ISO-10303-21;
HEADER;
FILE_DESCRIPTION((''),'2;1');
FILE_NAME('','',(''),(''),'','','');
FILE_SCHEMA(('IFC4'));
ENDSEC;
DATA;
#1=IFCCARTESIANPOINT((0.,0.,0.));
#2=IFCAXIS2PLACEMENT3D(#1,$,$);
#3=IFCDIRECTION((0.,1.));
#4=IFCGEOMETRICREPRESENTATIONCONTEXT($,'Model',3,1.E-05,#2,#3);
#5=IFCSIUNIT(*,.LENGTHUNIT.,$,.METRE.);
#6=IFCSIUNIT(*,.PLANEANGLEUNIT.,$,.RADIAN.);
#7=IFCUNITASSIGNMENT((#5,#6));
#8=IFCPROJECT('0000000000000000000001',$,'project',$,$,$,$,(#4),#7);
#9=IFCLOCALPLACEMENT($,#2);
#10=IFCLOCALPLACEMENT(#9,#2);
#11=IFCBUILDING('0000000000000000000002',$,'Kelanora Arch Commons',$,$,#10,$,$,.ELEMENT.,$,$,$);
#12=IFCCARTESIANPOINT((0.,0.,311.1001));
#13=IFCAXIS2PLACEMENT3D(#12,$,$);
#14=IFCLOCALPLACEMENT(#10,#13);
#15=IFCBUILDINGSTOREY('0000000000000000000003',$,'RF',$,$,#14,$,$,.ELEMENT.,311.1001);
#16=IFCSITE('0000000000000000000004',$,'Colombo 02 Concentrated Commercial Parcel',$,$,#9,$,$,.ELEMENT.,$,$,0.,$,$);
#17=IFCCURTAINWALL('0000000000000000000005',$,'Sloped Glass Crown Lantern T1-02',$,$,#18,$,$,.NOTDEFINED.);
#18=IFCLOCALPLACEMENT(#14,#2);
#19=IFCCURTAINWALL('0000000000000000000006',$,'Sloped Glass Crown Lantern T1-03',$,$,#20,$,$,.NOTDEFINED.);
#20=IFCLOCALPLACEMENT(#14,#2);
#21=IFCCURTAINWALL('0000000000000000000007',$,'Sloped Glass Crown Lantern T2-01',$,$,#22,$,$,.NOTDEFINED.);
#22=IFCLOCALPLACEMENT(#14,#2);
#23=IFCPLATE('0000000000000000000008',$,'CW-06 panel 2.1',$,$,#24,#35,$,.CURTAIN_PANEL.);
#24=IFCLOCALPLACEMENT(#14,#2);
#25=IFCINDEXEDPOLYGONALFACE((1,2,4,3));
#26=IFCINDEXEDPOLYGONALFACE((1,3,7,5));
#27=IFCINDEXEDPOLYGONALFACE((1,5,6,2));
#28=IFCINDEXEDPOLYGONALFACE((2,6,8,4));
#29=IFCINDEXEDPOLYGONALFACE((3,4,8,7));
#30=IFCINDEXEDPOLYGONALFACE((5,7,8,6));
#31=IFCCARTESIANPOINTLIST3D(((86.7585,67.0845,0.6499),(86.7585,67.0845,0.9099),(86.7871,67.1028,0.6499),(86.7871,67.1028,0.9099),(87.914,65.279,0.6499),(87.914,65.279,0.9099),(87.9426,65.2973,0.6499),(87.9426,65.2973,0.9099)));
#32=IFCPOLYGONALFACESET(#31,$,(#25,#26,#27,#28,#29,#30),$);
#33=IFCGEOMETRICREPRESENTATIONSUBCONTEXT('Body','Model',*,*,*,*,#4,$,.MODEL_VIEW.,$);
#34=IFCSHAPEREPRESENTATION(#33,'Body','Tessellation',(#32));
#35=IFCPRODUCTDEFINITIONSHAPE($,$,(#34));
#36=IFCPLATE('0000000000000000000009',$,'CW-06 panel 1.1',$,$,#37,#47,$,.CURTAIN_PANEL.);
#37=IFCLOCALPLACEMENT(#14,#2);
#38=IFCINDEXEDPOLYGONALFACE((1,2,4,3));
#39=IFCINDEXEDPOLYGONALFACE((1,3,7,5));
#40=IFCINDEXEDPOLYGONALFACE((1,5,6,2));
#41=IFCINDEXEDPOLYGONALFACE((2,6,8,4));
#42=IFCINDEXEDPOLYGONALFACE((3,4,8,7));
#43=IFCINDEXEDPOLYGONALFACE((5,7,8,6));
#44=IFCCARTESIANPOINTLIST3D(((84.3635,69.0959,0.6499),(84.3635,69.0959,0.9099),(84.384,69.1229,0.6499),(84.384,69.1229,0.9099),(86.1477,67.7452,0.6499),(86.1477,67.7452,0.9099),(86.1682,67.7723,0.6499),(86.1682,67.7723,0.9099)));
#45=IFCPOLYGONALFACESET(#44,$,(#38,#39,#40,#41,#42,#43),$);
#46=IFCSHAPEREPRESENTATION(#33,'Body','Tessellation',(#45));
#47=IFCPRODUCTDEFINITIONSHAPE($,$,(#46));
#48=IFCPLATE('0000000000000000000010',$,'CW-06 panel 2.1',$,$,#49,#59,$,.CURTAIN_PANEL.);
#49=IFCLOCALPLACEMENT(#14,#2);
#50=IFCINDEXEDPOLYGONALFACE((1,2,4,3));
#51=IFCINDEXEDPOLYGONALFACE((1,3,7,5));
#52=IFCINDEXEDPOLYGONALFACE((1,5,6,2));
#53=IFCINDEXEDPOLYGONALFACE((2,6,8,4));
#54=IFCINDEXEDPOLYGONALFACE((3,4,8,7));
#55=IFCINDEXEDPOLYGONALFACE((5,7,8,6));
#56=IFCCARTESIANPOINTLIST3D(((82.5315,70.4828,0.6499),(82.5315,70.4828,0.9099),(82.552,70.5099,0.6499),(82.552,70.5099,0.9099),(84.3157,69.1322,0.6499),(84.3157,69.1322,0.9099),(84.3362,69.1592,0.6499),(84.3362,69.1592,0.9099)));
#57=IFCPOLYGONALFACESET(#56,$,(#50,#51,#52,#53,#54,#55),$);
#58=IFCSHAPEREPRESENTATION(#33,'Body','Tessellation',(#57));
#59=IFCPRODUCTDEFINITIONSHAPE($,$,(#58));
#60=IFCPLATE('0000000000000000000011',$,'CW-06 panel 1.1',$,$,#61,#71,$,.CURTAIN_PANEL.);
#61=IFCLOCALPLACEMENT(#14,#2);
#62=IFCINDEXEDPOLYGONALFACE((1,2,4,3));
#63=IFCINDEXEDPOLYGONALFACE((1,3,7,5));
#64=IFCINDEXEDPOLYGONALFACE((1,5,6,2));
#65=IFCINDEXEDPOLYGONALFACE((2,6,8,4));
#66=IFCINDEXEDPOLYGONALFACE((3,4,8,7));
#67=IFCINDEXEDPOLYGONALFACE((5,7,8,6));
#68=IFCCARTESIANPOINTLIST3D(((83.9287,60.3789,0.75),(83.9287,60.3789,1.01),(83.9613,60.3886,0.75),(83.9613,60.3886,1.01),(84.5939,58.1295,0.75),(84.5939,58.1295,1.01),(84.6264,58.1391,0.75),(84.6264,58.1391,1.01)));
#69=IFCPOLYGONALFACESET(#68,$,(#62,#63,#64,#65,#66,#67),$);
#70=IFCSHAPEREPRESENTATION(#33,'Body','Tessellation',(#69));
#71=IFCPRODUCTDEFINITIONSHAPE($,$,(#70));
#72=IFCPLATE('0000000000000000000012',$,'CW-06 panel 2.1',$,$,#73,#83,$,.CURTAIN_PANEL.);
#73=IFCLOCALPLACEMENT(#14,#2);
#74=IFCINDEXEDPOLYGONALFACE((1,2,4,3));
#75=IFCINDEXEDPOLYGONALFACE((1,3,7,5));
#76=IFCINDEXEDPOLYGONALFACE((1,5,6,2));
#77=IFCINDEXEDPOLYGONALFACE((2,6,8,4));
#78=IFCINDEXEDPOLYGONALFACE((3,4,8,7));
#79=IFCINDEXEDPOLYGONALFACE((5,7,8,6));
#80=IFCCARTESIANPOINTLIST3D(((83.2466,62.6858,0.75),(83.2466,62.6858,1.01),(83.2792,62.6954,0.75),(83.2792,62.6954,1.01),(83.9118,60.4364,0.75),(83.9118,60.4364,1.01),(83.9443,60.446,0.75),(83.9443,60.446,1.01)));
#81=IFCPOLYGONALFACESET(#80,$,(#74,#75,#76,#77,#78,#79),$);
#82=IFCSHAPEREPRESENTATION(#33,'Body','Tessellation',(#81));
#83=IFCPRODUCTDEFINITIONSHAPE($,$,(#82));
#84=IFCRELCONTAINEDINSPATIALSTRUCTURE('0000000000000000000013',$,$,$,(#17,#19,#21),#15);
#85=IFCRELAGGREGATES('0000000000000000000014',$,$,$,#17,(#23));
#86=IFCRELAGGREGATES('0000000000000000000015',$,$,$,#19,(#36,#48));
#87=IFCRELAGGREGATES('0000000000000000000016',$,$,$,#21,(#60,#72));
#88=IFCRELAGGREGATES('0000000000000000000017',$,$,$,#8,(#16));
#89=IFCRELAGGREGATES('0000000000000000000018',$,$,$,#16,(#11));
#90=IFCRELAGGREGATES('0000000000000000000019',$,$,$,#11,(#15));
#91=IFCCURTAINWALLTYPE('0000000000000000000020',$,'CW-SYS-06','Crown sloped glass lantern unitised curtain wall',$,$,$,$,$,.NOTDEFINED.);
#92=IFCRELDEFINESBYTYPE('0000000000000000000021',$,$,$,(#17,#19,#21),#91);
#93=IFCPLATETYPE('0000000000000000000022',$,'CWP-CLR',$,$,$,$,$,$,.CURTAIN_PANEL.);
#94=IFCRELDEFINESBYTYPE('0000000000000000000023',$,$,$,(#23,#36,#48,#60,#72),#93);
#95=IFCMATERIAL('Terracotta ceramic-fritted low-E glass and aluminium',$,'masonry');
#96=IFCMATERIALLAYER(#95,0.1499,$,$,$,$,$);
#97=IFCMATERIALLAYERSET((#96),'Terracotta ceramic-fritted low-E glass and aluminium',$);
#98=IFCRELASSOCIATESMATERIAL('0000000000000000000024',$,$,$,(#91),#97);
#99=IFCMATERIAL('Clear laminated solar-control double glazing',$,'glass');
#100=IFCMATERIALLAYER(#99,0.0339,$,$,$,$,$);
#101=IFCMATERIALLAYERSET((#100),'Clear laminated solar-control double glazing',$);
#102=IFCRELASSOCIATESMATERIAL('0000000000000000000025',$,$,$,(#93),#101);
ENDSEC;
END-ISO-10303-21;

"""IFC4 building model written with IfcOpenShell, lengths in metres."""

from ifc_helpers import new_model, si_unit, direction, frame, origin, origin_2d, place, context, subcontext, project, spatial, rectangle, extrude, source, transform, mapped, material, layer, layer_set, type_object, element, aggregate, save


model = new_model("IFC4")

# Units and contexts
model_context = context("Model", 3, precision=1e-05, world=origin(), true_north=direction((0.0, 1.0)))
body_context = subcontext(model_context, "Body", "Model", "MODEL_VIEW")
ifc_project = project(units=[si_unit("LENGTHUNIT", "METRE"), si_unit("PLANEANGLEUNIT", "RADIAN")], contexts=[model_context])

# Site, building, storey
site_placement = place(None, origin())
site = spatial("IfcSite", under=ifc_project, at=site_placement, Name="Colombo 02 Concentrated Commercial Parcel", CompositionType="ELEMENT", RefElevation=0.0)
building_placement = place(site_placement, origin())
building = spatial("IfcBuilding", under=site, at=building_placement, Name="Kelanora Arch Commons", CompositionType="ELEMENT")
storey_placement = place(building_placement, frame((0.0, 0.0, 311.1001)))
storey = spatial("IfcBuildingStorey", under=building, at=storey_placement, Name="RF", CompositionType="ELEMENT", Elevation=311.1001)

# Curtain walls
ifc_material_1 = material(Name="Terracotta ceramic-fritted low-E glass and aluminium", Category="masonry")
ifc_layer_1 = layer(ifc_material_1, 0.1499)
ifc_layer_set_1 = layer_set([ifc_layer_1], Name="Terracotta ceramic-fritted low-E glass and aluminium")
curtain_wall_type = type_object("IfcCurtainWallType", Name="CW-SYS-06", Description="Crown sloped glass lantern unitised curtain wall", PredefinedType="NOTDEFINED", material=ifc_layer_set_1)
curtain_wall_1_placement = place(storey_placement, origin())
curtain_wall_1 = element("IfcCurtainWall", 1, at=curtain_wall_1_placement, inside=storey, type_object=curtain_wall_type, Name="Sloped Glass Crown Lantern T1-02", PredefinedType="NOTDEFINED")
curtain_wall_2_placement = place(storey_placement, origin())
curtain_wall_2 = element("IfcCurtainWall", 2, at=curtain_wall_2_placement, inside=storey, type_object=curtain_wall_type, Name="Sloped Glass Crown Lantern T1-03", PredefinedType="NOTDEFINED")
curtain_wall_3_placement = place(storey_placement, origin())
curtain_wall_3 = element("IfcCurtainWall", 3, at=curtain_wall_3_placement, inside=storey, type_object=curtain_wall_type, Name="Sloped Glass Crown Lantern T2-01", PredefinedType="NOTDEFINED")

# Plates
ifc_material_2 = material(Name="Clear laminated solar-control double glazing", Category="glass")
ifc_layer_2 = layer(ifc_material_2, 0.0339)
ifc_layer_set_2 = layer_set([ifc_layer_2], Name="Clear laminated solar-control double glazing")
plate_type = type_object("IfcPlateType", Name="CWP-CLR", PredefinedType="CURTAIN_PANEL", material=ifc_layer_set_2)
shared_shape_1 = source(origin(), body_context, "Body", "SweptSolid", [
    extrude(rectangle(XDim=2.1436, YDim=0.0339, at=origin_2d()), origin(), (0.0, 0.0, 1.0), 0.26),
])
plate_1_placement = place(storey_placement, frame((87.3506, 66.1909, 0.6499), z_axis=(0.0, 0.0, 1.0), x_axis=(-0.539054, 0.842271, 0.0)))
plate_1 = element("IfcPlate", 4, at=plate_1_placement, type_object=plate_type, Name="CW-06 panel 2.1", PredefinedType="CURTAIN_PANEL", context=body_context, shape_type="MappedRepresentation", body=[
    mapped(shared_shape_1, transform((0.0, 0.0, 0.0), scale=1.0)),
])
aggregate(curtain_wall_1, [plate_1])
shared_shape_2 = source(origin(), body_context, "Body", "SweptSolid", [
    extrude(rectangle(XDim=2.2378, YDim=0.0339, at=origin_2d()), origin(), (0.0, 0.0, 1.0), 0.26),
])
plate_2_placement = place(storey_placement, frame((85.2659, 68.4341, 0.6499), z_axis=(0.0, 0.0, 1.0), x_axis=(-0.797311, 0.603568, 0.0)))
plate_2 = element("IfcPlate", 5, at=plate_2_placement, type_object=plate_type, Name="CW-06 panel 1.1", PredefinedType="CURTAIN_PANEL", context=body_context, shape_type="MappedRepresentation", body=[
    mapped(shared_shape_2, transform((0.0, 0.0, 0.0), scale=1.0)),
])
plate_3_placement = place(storey_placement, frame((83.4338, 69.821, 0.6499), z_axis=(0.0, 0.0, 1.0), x_axis=(-0.797311, 0.603568, 0.0)))
plate_3 = element("IfcPlate", 6, at=plate_3_placement, type_object=plate_type, Name="CW-06 panel 2.1", PredefinedType="CURTAIN_PANEL", context=body_context, shape_type="MappedRepresentation", body=[
    mapped(shared_shape_2, transform((0.0, 0.0, 0.0), scale=1.0)),
])
aggregate(curtain_wall_2, [plate_2, plate_3])
shared_shape_3 = source(origin(), body_context, "Body", "SweptSolid", [
    extrude(rectangle(XDim=2.3457, YDim=0.0339, at=origin_2d()), origin(), (0.0, 0.0, 1.0), 0.26),
])
plate_4_placement = place(storey_placement, frame((84.2776, 59.259, 0.75), z_axis=(0.0, 0.0, 1.0), x_axis=(-0.283564, 0.958953, 0.0)))
plate_4 = element("IfcPlate", 7, at=plate_4_placement, type_object=plate_type, Name="CW-06 panel 1.1", PredefinedType="CURTAIN_PANEL", context=body_context, shape_type="MappedRepresentation", body=[
    mapped(shared_shape_3, transform((0.0, 0.0, 0.0), scale=1.0)),
])
plate_5_placement = place(storey_placement, frame((83.5955, 61.5659, 0.75), z_axis=(0.0, 0.0, 1.0), x_axis=(-0.283564, 0.958953, 0.0)))
plate_5 = element("IfcPlate", 8, at=plate_5_placement, type_object=plate_type, Name="CW-06 panel 2.1", PredefinedType="CURTAIN_PANEL", context=body_context, shape_type="MappedRepresentation", body=[
    mapped(shared_shape_3, transform((0.0, 0.0, 0.0), scale=1.0)),
])
aggregate(curtain_wall_3, [plate_4, plate_5])

save(model, "model.ifc")
